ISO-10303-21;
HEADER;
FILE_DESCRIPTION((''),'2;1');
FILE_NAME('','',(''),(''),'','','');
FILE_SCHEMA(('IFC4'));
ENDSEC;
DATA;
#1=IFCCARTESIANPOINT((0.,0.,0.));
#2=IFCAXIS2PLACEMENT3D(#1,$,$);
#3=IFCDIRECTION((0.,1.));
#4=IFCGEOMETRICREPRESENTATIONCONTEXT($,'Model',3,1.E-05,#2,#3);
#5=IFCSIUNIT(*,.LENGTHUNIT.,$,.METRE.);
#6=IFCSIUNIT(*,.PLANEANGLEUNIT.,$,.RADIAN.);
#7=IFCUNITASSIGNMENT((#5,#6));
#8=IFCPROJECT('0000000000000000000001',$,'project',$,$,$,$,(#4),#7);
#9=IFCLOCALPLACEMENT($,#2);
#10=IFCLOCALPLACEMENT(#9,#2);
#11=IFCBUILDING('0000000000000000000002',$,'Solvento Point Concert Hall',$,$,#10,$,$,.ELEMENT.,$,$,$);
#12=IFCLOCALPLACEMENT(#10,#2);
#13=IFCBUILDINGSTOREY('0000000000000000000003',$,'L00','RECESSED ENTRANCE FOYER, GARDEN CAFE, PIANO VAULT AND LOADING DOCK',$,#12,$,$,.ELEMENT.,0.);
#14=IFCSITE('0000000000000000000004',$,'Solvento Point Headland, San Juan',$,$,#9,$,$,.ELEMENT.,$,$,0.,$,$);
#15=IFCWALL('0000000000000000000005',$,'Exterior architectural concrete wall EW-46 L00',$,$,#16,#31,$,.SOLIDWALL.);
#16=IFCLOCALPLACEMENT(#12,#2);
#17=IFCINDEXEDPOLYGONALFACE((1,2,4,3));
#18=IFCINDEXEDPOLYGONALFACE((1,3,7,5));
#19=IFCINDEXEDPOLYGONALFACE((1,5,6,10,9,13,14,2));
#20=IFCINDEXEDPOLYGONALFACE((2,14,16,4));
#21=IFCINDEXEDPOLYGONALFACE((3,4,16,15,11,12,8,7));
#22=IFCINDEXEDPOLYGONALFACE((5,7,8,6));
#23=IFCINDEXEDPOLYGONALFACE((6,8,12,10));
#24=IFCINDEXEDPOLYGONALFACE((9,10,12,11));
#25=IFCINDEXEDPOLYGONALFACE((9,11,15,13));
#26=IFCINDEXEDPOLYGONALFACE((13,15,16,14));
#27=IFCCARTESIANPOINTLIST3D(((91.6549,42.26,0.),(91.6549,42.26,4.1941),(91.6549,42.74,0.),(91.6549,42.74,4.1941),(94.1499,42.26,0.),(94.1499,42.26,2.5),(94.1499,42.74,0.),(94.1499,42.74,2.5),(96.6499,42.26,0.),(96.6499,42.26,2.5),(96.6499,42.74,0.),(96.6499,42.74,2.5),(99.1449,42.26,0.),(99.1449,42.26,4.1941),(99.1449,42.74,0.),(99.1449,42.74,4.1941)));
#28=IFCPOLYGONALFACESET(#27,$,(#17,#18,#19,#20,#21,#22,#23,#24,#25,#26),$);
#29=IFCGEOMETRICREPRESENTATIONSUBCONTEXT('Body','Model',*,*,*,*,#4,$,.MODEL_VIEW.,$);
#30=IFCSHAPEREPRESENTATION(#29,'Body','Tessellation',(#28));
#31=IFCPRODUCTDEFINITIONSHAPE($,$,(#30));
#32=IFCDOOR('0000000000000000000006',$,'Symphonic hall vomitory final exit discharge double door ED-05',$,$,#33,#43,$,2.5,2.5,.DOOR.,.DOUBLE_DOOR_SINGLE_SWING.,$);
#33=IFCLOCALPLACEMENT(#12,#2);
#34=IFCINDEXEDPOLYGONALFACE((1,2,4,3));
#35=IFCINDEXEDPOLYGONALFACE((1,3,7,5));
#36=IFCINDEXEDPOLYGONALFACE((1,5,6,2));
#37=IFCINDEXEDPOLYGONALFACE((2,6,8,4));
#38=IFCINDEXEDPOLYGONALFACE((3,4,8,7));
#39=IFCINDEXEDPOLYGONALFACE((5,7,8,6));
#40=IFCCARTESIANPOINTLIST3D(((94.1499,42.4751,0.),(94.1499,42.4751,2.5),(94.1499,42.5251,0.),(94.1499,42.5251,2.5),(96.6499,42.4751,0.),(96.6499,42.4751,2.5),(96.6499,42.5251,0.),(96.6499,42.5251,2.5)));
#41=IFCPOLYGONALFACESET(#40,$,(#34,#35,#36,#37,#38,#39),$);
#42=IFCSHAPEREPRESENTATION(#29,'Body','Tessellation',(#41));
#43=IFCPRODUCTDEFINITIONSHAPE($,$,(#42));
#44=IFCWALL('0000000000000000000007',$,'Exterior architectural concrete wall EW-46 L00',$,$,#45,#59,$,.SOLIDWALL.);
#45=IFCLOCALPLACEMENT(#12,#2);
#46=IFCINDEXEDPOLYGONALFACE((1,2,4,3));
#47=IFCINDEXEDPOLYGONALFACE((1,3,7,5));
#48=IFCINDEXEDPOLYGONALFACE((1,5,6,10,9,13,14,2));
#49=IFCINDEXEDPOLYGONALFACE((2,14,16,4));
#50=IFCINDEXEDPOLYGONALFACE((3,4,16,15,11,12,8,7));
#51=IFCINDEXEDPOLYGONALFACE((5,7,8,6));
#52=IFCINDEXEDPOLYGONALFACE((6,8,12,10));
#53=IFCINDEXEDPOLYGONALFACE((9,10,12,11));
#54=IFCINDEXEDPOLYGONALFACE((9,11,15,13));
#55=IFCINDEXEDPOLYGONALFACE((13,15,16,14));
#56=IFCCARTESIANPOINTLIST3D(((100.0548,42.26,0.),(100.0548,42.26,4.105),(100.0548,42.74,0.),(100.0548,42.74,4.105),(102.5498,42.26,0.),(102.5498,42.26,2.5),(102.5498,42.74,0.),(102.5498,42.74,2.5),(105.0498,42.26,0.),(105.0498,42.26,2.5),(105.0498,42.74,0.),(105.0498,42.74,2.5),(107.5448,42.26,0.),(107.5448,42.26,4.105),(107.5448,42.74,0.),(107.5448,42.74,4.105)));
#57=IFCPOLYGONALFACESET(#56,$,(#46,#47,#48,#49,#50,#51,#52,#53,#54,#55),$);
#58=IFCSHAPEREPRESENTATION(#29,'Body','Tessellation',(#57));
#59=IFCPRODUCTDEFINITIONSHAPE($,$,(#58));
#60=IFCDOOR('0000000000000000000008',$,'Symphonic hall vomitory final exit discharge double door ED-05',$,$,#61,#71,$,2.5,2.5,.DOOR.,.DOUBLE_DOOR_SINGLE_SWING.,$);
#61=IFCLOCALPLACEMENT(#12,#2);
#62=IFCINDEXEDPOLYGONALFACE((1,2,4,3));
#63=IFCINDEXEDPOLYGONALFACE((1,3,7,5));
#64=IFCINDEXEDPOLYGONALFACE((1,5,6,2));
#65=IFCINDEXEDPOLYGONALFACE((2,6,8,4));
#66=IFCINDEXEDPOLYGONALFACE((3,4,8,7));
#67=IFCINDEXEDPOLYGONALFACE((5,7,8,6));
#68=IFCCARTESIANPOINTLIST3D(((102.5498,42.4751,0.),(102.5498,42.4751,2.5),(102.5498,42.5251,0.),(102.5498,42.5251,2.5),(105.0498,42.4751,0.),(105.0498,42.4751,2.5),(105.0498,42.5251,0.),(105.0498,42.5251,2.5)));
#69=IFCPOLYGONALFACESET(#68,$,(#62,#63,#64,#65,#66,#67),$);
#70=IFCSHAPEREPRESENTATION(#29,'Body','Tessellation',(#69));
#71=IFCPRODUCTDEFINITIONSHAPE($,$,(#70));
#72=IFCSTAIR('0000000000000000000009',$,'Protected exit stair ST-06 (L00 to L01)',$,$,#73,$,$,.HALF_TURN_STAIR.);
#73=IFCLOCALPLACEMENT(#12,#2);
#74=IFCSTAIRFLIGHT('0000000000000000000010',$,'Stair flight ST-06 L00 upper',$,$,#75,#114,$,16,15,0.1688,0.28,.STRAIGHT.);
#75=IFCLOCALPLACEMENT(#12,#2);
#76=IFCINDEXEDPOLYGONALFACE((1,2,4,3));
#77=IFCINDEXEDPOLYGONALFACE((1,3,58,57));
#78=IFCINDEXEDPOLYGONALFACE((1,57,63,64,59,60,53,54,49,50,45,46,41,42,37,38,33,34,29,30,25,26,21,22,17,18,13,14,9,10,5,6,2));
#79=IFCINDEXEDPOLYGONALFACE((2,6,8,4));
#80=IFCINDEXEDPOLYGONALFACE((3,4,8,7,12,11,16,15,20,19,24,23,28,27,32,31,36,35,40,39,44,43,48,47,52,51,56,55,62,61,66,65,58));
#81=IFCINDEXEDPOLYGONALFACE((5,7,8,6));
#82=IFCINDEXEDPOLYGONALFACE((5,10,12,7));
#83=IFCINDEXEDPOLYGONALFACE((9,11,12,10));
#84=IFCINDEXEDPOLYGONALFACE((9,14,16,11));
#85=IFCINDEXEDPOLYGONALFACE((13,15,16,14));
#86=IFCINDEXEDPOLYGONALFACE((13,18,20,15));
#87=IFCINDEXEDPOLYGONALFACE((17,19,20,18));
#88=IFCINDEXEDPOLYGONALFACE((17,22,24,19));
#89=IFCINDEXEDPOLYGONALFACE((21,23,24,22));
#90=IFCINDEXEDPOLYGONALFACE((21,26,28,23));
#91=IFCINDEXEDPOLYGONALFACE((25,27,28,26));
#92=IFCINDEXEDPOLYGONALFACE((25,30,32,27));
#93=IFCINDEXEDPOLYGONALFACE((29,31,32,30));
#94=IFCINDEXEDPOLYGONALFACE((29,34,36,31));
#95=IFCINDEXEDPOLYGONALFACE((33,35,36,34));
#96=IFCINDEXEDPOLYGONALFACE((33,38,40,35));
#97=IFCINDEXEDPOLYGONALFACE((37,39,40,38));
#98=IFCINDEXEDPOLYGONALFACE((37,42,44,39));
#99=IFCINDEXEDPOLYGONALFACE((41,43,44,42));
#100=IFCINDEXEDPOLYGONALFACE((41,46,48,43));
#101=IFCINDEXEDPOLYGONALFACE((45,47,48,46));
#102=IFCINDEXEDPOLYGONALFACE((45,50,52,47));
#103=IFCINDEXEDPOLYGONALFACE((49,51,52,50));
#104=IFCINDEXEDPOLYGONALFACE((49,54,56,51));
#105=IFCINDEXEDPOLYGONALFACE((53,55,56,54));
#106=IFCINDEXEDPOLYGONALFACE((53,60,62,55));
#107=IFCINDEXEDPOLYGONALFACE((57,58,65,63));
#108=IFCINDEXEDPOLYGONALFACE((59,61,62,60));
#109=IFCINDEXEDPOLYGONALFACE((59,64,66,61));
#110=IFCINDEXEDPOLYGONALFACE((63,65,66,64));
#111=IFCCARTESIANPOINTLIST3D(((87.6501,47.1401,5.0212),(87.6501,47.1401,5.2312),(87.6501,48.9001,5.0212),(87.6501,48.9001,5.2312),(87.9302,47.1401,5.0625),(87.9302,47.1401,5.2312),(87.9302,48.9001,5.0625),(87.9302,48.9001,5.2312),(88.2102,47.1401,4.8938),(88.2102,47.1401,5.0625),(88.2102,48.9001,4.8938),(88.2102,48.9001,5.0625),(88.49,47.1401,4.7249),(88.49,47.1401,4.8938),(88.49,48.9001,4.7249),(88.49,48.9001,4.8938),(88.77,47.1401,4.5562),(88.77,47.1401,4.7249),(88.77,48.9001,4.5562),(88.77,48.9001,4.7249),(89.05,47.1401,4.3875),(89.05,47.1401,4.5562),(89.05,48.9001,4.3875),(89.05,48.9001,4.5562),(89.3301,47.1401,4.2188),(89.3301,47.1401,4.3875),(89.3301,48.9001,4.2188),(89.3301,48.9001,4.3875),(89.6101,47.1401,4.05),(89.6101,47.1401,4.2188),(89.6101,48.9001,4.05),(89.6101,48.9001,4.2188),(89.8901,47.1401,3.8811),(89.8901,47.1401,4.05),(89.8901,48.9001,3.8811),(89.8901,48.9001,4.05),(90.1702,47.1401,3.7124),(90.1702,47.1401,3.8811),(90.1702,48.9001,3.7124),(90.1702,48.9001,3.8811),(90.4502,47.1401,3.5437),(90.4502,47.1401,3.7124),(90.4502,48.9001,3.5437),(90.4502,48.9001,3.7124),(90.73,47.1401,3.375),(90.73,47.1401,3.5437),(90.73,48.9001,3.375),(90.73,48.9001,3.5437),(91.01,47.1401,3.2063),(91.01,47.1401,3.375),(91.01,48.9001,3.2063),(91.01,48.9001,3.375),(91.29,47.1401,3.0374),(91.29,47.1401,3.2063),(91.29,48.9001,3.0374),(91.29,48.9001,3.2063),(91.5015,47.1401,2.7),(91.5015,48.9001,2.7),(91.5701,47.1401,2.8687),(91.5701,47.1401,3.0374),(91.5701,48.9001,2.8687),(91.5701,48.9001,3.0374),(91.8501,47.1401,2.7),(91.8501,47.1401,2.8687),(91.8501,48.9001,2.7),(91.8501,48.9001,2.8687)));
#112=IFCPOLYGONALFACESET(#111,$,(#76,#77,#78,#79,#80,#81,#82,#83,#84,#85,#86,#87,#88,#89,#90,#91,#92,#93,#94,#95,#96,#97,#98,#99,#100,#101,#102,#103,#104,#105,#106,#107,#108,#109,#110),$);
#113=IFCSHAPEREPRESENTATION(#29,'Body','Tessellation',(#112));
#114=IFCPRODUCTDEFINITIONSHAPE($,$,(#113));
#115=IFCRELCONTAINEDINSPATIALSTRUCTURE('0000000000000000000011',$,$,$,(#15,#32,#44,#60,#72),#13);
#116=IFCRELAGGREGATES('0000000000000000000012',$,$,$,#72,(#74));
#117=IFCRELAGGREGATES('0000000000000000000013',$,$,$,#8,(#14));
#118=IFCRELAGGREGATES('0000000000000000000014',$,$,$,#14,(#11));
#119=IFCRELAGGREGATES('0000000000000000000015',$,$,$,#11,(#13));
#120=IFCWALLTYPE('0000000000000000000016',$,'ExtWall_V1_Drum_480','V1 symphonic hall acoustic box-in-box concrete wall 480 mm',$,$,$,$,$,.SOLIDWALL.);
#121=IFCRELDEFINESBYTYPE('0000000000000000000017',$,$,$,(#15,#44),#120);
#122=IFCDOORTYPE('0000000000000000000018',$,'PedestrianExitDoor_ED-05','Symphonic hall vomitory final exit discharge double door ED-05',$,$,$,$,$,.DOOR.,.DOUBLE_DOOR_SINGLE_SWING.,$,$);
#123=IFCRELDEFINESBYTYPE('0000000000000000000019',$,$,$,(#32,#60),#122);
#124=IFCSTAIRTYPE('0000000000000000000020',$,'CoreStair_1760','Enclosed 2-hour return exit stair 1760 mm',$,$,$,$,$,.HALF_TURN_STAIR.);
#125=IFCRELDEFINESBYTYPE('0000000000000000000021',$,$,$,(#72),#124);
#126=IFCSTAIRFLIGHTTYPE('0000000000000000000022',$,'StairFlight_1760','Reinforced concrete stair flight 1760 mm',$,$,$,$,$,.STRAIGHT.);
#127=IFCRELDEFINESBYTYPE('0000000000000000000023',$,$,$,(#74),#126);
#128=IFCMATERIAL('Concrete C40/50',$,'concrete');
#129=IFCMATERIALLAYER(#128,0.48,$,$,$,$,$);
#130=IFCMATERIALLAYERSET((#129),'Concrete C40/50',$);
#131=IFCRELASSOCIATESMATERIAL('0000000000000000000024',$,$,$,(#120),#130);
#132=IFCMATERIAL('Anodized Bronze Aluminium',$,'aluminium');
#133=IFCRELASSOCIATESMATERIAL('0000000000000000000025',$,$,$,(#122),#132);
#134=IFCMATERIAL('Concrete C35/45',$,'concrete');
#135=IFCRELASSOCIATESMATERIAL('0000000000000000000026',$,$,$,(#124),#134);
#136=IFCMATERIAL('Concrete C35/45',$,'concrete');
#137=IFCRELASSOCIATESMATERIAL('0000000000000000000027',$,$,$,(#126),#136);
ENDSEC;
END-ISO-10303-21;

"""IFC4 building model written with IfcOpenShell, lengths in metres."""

from ifc_helpers import new_model, si_unit, direction, frame, frame_2d, origin, place, context, subcontext, project, spatial, polyline, rectangle, outline, extrude, material, layer, layer_set, type_object, element, fill, aggregate, save


model = new_model("IFC4")

# Units and contexts
model_context = context("Model", 3, precision=1e-05, world=origin(), true_north=direction((0.0, 1.0)))
body_context = subcontext(model_context, "Body", "Model", "MODEL_VIEW")
ifc_project = project(units=[si_unit("LENGTHUNIT", "METRE"), si_unit("PLANEANGLEUNIT", "RADIAN")], contexts=[model_context])

# Site, building, storey
site_placement = place(None, origin())
site = spatial("IfcSite", under=ifc_project, at=site_placement, Name="Solvento Point Headland, San Juan", CompositionType="ELEMENT", RefElevation=0.0)
building_placement = place(site_placement, origin())
building = spatial("IfcBuilding", under=site, at=building_placement, Name="Solvento Point Concert Hall", CompositionType="ELEMENT")
storey_placement = place(building_placement, origin())
storey = spatial("IfcBuildingStorey", under=building, at=storey_placement, Name="L00", Description="RECESSED ENTRANCE FOYER, GARDEN CAFE, PIANO VAULT AND LOADING DOCK", CompositionType="ELEMENT", Elevation=0.0)

# Walls, openings, doors
ifc_material_1 = material(Name="Concrete C40/50", Category="concrete")
ifc_layer_1 = layer(ifc_material_1, 0.48)
ifc_layer_set_1 = layer_set([ifc_layer_1], Name="Concrete C40/50")
wall_type_1 = type_object("IfcWallType", Name="ExtWall_V1_Drum_480", Description="V1 symphonic hall acoustic box-in-box concrete wall 480 mm", PredefinedType="SOLIDWALL", material=ifc_layer_set_1)
wall_1_placement = place(storey_placement, frame((99.145, 42.5, 0.0), z_axis=(0.0, 0.0, 1.0), x_axis=(-1.0, 0.0, 0.0)))
wall_1 = element("IfcWall", 1, at=wall_1_placement, inside=storey, type_object=wall_type_1, Name="Exterior architectural concrete wall EW-46 L00", PredefinedType="SOLIDWALL", context=body_context, shape_type="SweptSolid", body=[
    extrude(rectangle(XDim=7.49, YDim=0.48, at=frame_2d((3.7451, 0.0))), origin(), (0.0, 0.0, 1.0), 4.1941),
])
opening_1_placement = place(wall_1_placement, frame((2.4951, 0.0, 0.0)))
opening_1 = element("IfcOpeningElement", 2, at=opening_1_placement, cuts=wall_1, PredefinedType="OPENING", context=body_context, shape_type="SweptSolid", body=[
    extrude(rectangle(XDim=2.5, YDim=2.5, at=frame_2d((1.25, 1.25))), frame((0.0, 0.25, 0.0), z_axis=(0.0, -1.0, 0.0), x_axis=(1.0, 0.0, 0.0)), (0.0, 0.0, 1.0), 0.5),
])
ifc_material_2 = material(Name="Anodized Bronze Aluminium", Category="aluminium")
door_type = type_object("IfcDoorType", Name="PedestrianExitDoor_ED-05", Description="Symphonic hall vomitory final exit discharge double door ED-05", OperationType="DOUBLE_DOOR_SINGLE_SWING", PredefinedType="DOOR", material=ifc_material_2)
door_1_placement = place(opening_1_placement, origin())
door_1 = element("IfcDoor", 3, at=door_1_placement, inside=storey, type_object=door_type, Name="Symphonic hall vomitory final exit discharge double door ED-05", OperationType="DOUBLE_DOOR_SINGLE_SWING", OverallHeight=2.5, OverallWidth=2.5, PredefinedType="DOOR", context=body_context, shape_type="SweptSolid", body=[
    extrude(rectangle(XDim=2.5, YDim=2.5, at=frame_2d((1.25, 1.25))), frame((0.0, 0.0249, 0.0), z_axis=(0.0, -1.0, 0.0), x_axis=(1.0, 0.0, 0.0)), (0.0, 0.0, 1.0), 0.05),
])
fill(opening_1, door_1)
wall_2_placement = place(storey_placement, frame((107.5449, 42.5, 0.0), z_axis=(0.0, 0.0, 1.0), x_axis=(-1.0, 0.0, 0.0)))
wall_2 = element("IfcWall", 4, at=wall_2_placement, inside=storey, type_object=wall_type_1, Name="Exterior architectural concrete wall EW-46 L00", PredefinedType="SOLIDWALL", context=body_context, shape_type="SweptSolid", body=[
    extrude(rectangle(XDim=7.49, YDim=0.48, at=frame_2d((3.7451, 0.0))), origin(), (0.0, 0.0, 1.0), 4.105),
])
opening_2_placement = place(wall_2_placement, frame((2.4951, 0.0, 0.0)))
opening_2 = element("IfcOpeningElement", 5, at=opening_2_placement, cuts=wall_2, PredefinedType="OPENING", context=body_context, shape_type="SweptSolid", body=[
    extrude(rectangle(XDim=2.5, YDim=2.5, at=frame_2d((1.25, 1.25))), frame((0.0, 0.25, 0.0), z_axis=(0.0, -1.0, 0.0), x_axis=(1.0, 0.0, 0.0)), (0.0, 0.0, 1.0), 0.5),
])
door_2_placement = place(opening_2_placement, origin())
door_2 = element("IfcDoor", 6, at=door_2_placement, inside=storey, type_object=door_type, Name="Symphonic hall vomitory final exit discharge double door ED-05", OperationType="DOUBLE_DOOR_SINGLE_SWING", OverallHeight=2.5, OverallWidth=2.5, PredefinedType="DOOR", context=body_context, shape_type="SweptSolid", body=[
    extrude(rectangle(XDim=2.5, YDim=2.5, at=frame_2d((1.25, 1.25))), frame((0.0, 0.0249, 0.0), z_axis=(0.0, -1.0, 0.0), x_axis=(1.0, 0.0, 0.0)), (0.0, 0.0, 1.0), 0.05),
])
fill(opening_2, door_2)

# Stair, stair flight
ifc_material_3 = material(Name="Concrete C35/45", Category="concrete")
stair_type = type_object("IfcStairType", Name="CoreStair_1760", Description="Enclosed 2-hour return exit stair 1760 mm", PredefinedType="HALF_TURN_STAIR", material=ifc_material_3)
stair_placement = place(storey_placement, origin())
stair = element("IfcStair", 7, at=stair_placement, inside=storey, type_object=stair_type, Name="Protected exit stair ST-06 (L00 to L01)", PredefinedType="HALF_TURN_STAIR")
ifc_material_4 = material(Name="Concrete C35/45", Category="concrete")
stair_flight_type = type_object("IfcStairFlightType", Name="StairFlight_1760", Description="Reinforced concrete stair flight 1760 mm", PredefinedType="STRAIGHT", material=ifc_material_4)
stair_flight_placement = place(storey_placement, frame((91.8501, 48.02, 2.7), z_axis=(0.0, 0.0, 1.0), x_axis=(-1.0, 0.0, 0.0)))
stair_flight = element("IfcStairFlight", 8, at=stair_flight_placement, type_object=stair_flight_type, Name="Stair flight ST-06 L00 upper", NumberOfRisers=16, NumberOfTreads=15, PredefinedType="STRAIGHT", RiserHeight=0.1688, TreadLength=0.28, context=body_context, shape_type="SweptSolid", body=[
    extrude(outline(polyline([(0.0, 0.0), (0.0, 0.1687), (0.28, 0.1687), (0.28, 0.3374), (0.5601, 0.3374), (0.5601, 0.5063), (0.8401, 0.5063), (0.8401, 0.675), (1.1201, 0.675), (1.1201, 0.8438), (1.3999, 0.8438), (1.3999, 1.0125), (1.6799, 1.0125), (1.6799, 1.1812), (1.96, 1.1812), (1.96, 1.3501), (2.24, 1.3501), (2.24, 1.5188), (2.52, 1.5188), (2.52, 1.6875), (2.8, 1.6875), (2.8, 1.8562), (3.0801, 1.8562), (3.0801, 2.0249), (3.3601, 2.0249), (3.3601, 2.1938), (3.6399, 2.1938), (3.6399, 2.3625), (3.9199, 2.3625), (3.9199, 2.5312), (4.2, 2.5312), (4.2, 2.7), (4.2, 2.3213), (0.3486, 0.0), (0.0, 0.0)])), frame((0.0, 0.8799, 0.0), z_axis=(0.0, -1.0, 0.0), x_axis=(1.0, 0.0, 0.0)), (0.0, 0.0, 1.0), 1.76),
])
aggregate(stair, [stair_flight])

save(model, "model.ifc")
